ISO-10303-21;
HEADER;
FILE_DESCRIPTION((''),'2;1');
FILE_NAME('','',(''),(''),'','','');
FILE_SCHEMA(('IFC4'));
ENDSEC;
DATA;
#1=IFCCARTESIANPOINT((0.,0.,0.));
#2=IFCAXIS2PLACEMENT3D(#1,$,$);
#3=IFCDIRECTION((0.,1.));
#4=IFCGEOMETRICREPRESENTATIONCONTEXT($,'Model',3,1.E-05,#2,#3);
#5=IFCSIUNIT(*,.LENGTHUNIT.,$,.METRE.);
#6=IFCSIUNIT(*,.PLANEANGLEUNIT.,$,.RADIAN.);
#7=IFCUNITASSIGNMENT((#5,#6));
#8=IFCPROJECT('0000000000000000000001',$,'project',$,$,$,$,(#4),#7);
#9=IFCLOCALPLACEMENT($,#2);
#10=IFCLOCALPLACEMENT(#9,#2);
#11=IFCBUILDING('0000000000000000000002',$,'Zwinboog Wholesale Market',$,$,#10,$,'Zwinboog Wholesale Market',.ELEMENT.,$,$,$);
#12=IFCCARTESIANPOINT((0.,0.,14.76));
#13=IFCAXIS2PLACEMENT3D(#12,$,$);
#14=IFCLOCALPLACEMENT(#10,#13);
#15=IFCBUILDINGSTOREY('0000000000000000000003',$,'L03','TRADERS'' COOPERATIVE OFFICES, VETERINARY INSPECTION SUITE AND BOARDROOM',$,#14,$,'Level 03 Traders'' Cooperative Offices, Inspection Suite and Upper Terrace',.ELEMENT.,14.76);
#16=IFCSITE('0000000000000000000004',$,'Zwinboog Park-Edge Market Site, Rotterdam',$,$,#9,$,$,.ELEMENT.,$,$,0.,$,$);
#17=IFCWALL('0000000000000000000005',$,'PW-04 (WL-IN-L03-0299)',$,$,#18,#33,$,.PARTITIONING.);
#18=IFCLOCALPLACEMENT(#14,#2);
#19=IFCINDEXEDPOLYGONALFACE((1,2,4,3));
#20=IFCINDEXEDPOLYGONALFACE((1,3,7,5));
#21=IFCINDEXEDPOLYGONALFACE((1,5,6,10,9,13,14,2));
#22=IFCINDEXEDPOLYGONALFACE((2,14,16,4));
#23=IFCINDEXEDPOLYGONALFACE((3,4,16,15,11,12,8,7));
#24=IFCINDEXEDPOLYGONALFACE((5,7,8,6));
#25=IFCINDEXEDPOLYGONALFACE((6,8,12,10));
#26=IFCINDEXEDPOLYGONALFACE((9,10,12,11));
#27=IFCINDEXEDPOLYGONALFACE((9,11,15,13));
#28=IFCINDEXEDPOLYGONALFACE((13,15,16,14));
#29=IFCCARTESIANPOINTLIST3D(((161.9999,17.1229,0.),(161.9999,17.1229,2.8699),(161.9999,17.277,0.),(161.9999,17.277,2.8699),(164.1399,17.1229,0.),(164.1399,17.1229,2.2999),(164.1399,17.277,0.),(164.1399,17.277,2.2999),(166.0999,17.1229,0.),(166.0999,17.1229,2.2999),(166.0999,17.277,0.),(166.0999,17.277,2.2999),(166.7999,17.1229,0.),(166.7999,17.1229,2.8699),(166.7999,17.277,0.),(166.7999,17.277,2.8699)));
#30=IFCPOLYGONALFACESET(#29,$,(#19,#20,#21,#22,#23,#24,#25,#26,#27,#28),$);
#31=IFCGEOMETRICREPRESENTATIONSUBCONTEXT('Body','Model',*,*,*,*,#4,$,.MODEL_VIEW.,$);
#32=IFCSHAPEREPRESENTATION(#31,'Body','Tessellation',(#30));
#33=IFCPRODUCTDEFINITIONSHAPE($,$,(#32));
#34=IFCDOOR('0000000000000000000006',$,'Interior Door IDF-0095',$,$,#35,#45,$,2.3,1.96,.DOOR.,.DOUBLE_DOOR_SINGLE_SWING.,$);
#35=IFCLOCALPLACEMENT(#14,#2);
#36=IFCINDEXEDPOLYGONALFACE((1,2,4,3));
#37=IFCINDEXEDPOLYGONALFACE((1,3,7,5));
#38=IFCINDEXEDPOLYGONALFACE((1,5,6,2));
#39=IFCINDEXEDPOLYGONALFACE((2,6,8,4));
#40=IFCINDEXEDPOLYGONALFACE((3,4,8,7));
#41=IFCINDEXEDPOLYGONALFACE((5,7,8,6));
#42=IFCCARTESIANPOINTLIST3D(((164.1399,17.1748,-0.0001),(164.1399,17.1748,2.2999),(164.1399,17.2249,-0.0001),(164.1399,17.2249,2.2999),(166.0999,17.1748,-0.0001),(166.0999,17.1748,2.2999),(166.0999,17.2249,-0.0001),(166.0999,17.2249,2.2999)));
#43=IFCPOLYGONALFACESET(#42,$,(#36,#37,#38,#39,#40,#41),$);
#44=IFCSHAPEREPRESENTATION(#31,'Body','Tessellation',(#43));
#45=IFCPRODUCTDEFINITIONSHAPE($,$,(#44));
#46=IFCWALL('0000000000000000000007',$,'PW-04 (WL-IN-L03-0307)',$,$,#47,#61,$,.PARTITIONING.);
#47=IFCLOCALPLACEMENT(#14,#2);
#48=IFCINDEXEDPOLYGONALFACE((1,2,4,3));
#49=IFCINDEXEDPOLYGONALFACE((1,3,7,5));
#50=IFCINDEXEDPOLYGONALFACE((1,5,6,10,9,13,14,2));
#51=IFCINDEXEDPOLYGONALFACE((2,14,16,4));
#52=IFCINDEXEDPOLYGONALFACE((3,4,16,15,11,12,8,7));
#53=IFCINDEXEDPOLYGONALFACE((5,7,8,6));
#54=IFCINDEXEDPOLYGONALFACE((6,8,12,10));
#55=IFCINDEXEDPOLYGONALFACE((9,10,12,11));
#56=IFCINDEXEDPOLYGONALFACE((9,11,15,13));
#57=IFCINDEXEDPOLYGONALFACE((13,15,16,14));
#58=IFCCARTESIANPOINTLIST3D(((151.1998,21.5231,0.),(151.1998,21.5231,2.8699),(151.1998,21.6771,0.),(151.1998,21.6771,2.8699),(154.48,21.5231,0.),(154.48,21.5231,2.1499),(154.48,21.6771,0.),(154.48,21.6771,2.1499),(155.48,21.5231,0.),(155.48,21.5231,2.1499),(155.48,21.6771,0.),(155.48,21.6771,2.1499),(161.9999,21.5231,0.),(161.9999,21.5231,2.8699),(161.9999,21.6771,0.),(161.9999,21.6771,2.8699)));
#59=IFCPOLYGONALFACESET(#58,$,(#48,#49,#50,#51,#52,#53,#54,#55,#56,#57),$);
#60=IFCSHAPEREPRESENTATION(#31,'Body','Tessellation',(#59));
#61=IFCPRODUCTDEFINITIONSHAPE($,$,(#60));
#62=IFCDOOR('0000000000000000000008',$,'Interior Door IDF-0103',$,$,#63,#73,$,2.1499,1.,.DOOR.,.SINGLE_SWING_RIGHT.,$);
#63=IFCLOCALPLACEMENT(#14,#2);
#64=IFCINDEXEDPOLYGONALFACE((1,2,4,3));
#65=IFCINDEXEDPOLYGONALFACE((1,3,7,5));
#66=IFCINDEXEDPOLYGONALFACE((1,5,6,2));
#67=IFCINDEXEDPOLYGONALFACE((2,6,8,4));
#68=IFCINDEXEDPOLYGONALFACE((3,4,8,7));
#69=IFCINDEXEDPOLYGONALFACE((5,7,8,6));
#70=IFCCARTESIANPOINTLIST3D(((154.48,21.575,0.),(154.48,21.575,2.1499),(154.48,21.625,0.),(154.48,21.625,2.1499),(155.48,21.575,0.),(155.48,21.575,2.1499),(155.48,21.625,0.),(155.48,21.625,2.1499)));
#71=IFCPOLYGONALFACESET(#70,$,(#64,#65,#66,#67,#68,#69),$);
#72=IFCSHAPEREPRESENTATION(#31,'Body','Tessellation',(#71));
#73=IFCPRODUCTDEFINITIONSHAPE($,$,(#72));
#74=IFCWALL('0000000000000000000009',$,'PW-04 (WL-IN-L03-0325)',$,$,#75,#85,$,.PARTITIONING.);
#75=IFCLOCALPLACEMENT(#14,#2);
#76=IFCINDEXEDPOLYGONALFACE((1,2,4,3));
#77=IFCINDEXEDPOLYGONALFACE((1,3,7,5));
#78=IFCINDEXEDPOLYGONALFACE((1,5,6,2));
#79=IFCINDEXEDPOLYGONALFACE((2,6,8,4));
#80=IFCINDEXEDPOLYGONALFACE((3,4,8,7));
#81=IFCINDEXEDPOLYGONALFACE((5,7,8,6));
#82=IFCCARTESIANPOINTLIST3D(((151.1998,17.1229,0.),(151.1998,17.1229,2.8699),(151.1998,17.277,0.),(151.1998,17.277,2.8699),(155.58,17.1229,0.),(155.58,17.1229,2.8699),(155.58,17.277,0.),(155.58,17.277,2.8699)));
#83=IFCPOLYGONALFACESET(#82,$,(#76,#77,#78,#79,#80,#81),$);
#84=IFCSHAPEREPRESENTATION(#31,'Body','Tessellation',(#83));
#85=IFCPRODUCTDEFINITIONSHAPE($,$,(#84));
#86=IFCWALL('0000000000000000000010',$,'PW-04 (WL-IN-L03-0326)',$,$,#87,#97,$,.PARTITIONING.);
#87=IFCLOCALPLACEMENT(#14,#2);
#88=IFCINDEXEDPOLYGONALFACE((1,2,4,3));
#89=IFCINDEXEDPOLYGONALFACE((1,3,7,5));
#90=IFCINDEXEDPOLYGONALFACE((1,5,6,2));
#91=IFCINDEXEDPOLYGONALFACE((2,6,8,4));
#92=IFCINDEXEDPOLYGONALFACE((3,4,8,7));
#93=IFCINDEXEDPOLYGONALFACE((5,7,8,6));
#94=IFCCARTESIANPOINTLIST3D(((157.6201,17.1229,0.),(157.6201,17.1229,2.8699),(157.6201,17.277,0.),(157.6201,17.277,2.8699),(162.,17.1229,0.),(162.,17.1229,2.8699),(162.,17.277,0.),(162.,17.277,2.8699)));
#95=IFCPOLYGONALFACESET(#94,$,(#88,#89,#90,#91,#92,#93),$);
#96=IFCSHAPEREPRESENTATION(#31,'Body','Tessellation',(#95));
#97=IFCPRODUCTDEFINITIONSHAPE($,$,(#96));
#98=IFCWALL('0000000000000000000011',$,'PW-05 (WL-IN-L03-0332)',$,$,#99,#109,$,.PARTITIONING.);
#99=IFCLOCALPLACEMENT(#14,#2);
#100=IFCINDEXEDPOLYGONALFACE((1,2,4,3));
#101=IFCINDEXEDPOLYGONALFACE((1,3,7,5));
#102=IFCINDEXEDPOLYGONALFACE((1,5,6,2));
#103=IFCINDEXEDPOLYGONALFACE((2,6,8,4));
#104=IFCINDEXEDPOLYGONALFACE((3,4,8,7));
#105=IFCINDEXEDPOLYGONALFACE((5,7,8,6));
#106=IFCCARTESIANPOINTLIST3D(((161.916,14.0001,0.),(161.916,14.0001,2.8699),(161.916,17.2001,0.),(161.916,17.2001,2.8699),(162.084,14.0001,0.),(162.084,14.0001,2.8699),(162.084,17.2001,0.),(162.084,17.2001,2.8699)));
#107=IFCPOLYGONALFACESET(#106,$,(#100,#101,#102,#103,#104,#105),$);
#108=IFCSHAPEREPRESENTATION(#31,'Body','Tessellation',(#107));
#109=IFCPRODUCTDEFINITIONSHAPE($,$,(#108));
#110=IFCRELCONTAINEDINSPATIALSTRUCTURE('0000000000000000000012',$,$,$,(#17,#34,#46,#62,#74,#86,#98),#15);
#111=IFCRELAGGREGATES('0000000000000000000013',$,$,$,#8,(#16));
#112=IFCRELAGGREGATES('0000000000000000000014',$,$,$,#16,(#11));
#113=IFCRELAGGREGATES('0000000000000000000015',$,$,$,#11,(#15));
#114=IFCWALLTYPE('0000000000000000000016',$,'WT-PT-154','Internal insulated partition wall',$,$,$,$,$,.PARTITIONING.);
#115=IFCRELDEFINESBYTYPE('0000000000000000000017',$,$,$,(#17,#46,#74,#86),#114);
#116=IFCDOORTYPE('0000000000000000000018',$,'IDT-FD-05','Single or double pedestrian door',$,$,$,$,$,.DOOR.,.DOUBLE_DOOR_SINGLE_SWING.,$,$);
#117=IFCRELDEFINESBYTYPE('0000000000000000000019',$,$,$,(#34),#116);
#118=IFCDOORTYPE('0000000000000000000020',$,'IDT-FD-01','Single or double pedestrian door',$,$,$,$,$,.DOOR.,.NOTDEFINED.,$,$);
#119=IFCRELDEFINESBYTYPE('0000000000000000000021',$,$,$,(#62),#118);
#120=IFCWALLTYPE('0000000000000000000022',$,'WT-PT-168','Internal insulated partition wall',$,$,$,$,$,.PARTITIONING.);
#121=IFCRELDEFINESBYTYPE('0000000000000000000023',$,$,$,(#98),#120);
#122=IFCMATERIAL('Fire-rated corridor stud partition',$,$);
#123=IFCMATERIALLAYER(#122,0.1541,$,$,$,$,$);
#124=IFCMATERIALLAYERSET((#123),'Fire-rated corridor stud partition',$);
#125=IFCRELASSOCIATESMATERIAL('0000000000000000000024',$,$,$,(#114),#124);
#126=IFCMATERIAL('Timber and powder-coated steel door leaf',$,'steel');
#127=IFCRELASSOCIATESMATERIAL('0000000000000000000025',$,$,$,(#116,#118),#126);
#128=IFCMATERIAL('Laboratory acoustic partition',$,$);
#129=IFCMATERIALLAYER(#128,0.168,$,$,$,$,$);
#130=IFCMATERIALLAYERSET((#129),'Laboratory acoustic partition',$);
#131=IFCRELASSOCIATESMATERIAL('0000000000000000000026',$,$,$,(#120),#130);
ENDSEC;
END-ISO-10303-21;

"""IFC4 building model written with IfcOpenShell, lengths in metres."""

from ifc_helpers import new_model, si_unit, direction, frame, frame_2d, origin, place, context, subcontext, project, spatial, rectangle, extrude, material, layer, layer_set, type_object, element, fill, save


model = new_model("IFC4")

# Units and contexts
model_context = context("Model", 3, precision=1e-05, world=origin(), true_north=direction((0.0, 1.0)))
body_context = subcontext(model_context, "Body", "Model", "MODEL_VIEW")
ifc_project = project(units=[si_unit("LENGTHUNIT", "METRE"), si_unit("PLANEANGLEUNIT", "RADIAN")], contexts=[model_context])

# Site, building, storey
site_placement = place(None, origin())
site = spatial("IfcSite", under=ifc_project, at=site_placement, Name="Zwinboog Park-Edge Market Site, Rotterdam", CompositionType="ELEMENT", RefElevation=0.0)
building_placement = place(site_placement, origin())
building = spatial("IfcBuilding", under=site, at=building_placement, Name="Zwinboog Wholesale Market", LongName="Zwinboog Wholesale Market", CompositionType="ELEMENT")
storey_placement = place(building_placement, frame((0.0, 0.0, 14.76)))
storey = spatial("IfcBuildingStorey", under=building, at=storey_placement, Name="L03", Description="TRADERS' COOPERATIVE OFFICES, VETERINARY INSPECTION SUITE AND BOARDROOM", LongName="Level 03 Traders' Cooperative Offices, Inspection Suite and Upper Terrace", CompositionType="ELEMENT", Elevation=14.76)

# Shared definitions
ifc_material_1 = material(Name="Timber and powder-coated steel door leaf", Category="steel")

# Walls, openings, doors
ifc_material_2 = material(Name="Fire-rated corridor stud partition")
ifc_layer_1 = layer(ifc_material_2, 0.1541)
ifc_layer_set_1 = layer_set([ifc_layer_1], Name="Fire-rated corridor stud partition")
wall_type_1 = type_object("IfcWallType", Name="WT-PT-154", Description="Internal insulated partition wall", PredefinedType="PARTITIONING", material=ifc_layer_set_1)
wall_1_placement = place(storey_placement, frame((162.0, 17.2, 0.0), z_axis=(0.0, 0.0, 1.0), x_axis=(1.0, 0.0, 0.0)))
wall_1 = element("IfcWall", 1, at=wall_1_placement, inside=storey, type_object=wall_type_1, Name="PW-04 (WL-IN-L03-0299)", PredefinedType="PARTITIONING", context=body_context, shape_type="SweptSolid", body=[
    extrude(rectangle(XDim=4.8, YDim=0.1541, at=frame_2d((2.3999, 0.0))), origin(), (0.0, 0.0, 1.0), 2.8699),
])
opening_1_placement = place(wall_1_placement, frame((2.1399, 0.0, 0.0)))
opening_1 = element("IfcOpeningElement", 2, at=opening_1_placement, cuts=wall_1, PredefinedType="OPENING", context=body_context, shape_type="SweptSolid", body=[
    extrude(rectangle(XDim=1.96, YDim=2.3, at=frame_2d((0.98, 1.1499))), frame((0.0, 0.0869, 0.0), z_axis=(0.0, -1.0, 0.0), x_axis=(1.0, 0.0, 0.0)), (0.0, 0.0, 1.0), 0.1741),
])
door_type_1 = type_object("IfcDoorType", Name="IDT-FD-05", Description="Single or double pedestrian door", OperationType="DOUBLE_DOOR_SINGLE_SWING", PredefinedType="DOOR", material=ifc_material_1)
door_1_placement = place(opening_1_placement, origin())
door_1 = element("IfcDoor", 3, at=door_1_placement, inside=storey, type_object=door_type_1, Name="Interior Door IDF-0095", OperationType="DOUBLE_DOOR_SINGLE_SWING", OverallHeight=2.3, OverallWidth=1.96, PredefinedType="DOOR", context=body_context, shape_type="SweptSolid", body=[
    extrude(rectangle(XDim=1.96, YDim=2.3, at=frame_2d((0.98, 1.1499))), frame((0.0, 0.0249, 0.0), z_axis=(0.0, -1.0, 0.0), x_axis=(1.0, 0.0, 0.0)), (0.0, 0.0, 1.0), 0.05),
])
fill(opening_1, door_1)
wall_2_placement = place(storey_placement, frame((151.2, 21.6001, 0.0), z_axis=(0.0, 0.0, 1.0), x_axis=(1.0, 0.0, 0.0)))
wall_2 = element("IfcWall", 4, at=wall_2_placement, inside=storey, type_object=wall_type_1, Name="PW-04 (WL-IN-L03-0307)", PredefinedType="PARTITIONING", context=body_context, shape_type="SweptSolid", body=[
    extrude(rectangle(XDim=10.8, YDim=0.1541, at=frame_2d((5.3999, 0.0))), origin(), (0.0, 0.0, 1.0), 2.8699),
])
opening_2_placement = place(wall_2_placement, frame((3.28, 0.0, 0.0)))
opening_2 = element("IfcOpeningElement", 5, at=opening_2_placement, cuts=wall_2, PredefinedType="OPENING", context=body_context, shape_type="SweptSolid", body=[
    extrude(rectangle(XDim=1.0, YDim=2.1499, at=frame_2d((0.5, 1.075))), frame((0.0, 0.0869, 0.0), z_axis=(0.0, -1.0, 0.0), x_axis=(1.0, 0.0, 0.0)), (0.0, 0.0, 1.0), 0.1741),
])
door_type_2 = type_object("IfcDoorType", Name="IDT-FD-01", Description="Single or double pedestrian door", OperationType="NOTDEFINED", PredefinedType="DOOR", material=ifc_material_1)
door_2_placement = place(opening_2_placement, origin())
door_2 = element("IfcDoor", 6, at=door_2_placement, inside=storey, type_object=door_type_2, Name="Interior Door IDF-0103", OperationType="SINGLE_SWING_RIGHT", OverallHeight=2.1499, OverallWidth=1.0, PredefinedType="DOOR", context=body_context, shape_type="SweptSolid", body=[
    extrude(rectangle(XDim=1.0, YDim=2.1499, at=frame_2d((0.5, 1.075))), frame((0.0, 0.0249, 0.0), z_axis=(0.0, -1.0, 0.0), x_axis=(1.0, 0.0, 0.0)), (0.0, 0.0, 1.0), 0.05),
])
fill(opening_2, door_2)

# Walls
wall_3_placement = place(storey_placement, frame((151.2, 17.2, 0.0), z_axis=(0.0, 0.0, 1.0), x_axis=(1.0, 0.0, 0.0)))
element("IfcWall", 7, at=wall_3_placement, inside=storey, type_object=wall_type_1, Name="PW-04 (WL-IN-L03-0325)", PredefinedType="PARTITIONING", context=body_context, shape_type="SweptSolid", body=[
    extrude(rectangle(XDim=4.3801, YDim=0.1541, at=frame_2d((2.1899, 0.0))), origin(), (0.0, 0.0, 1.0), 2.8699),
])
wall_4_placement = place(storey_placement, frame((157.6201, 17.2, 0.0), z_axis=(0.0, 0.0, 1.0), x_axis=(1.0, 0.0, 0.0)))
element("IfcWall", 8, at=wall_4_placement, inside=storey, type_object=wall_type_1, Name="PW-04 (WL-IN-L03-0326)", PredefinedType="PARTITIONING", context=body_context, shape_type="SweptSolid", body=[
    extrude(rectangle(XDim=4.3799, YDim=0.1541, at=frame_2d((2.1899, 0.0))), origin(), (0.0, 0.0, 1.0), 2.8699),
])
ifc_material_3 = material(Name="Laboratory acoustic partition")
ifc_layer_2 = layer(ifc_material_3, 0.168)
ifc_layer_set_2 = layer_set([ifc_layer_2], Name="Laboratory acoustic partition")
wall_type_2 = type_object("IfcWallType", Name="WT-PT-168", Description="Internal insulated partition wall", PredefinedType="PARTITIONING", material=ifc_layer_set_2)
wall_5_placement = place(storey_placement, frame((162.0, 14.0, 0.0), z_axis=(0.0, 0.0, 1.0), x_axis=(0.0, 1.0, 0.0)))
element("IfcWall", 9, at=wall_5_placement, inside=storey, type_object=wall_type_2, Name="PW-05 (WL-IN-L03-0332)", PredefinedType="PARTITIONING", context=body_context, shape_type="SweptSolid", body=[
    extrude(rectangle(XDim=3.2, YDim=0.168, at=frame_2d((1.6001, 0.0))), origin(), (0.0, 0.0, 1.0), 2.8699),
])

save(model, "model.ifc")
